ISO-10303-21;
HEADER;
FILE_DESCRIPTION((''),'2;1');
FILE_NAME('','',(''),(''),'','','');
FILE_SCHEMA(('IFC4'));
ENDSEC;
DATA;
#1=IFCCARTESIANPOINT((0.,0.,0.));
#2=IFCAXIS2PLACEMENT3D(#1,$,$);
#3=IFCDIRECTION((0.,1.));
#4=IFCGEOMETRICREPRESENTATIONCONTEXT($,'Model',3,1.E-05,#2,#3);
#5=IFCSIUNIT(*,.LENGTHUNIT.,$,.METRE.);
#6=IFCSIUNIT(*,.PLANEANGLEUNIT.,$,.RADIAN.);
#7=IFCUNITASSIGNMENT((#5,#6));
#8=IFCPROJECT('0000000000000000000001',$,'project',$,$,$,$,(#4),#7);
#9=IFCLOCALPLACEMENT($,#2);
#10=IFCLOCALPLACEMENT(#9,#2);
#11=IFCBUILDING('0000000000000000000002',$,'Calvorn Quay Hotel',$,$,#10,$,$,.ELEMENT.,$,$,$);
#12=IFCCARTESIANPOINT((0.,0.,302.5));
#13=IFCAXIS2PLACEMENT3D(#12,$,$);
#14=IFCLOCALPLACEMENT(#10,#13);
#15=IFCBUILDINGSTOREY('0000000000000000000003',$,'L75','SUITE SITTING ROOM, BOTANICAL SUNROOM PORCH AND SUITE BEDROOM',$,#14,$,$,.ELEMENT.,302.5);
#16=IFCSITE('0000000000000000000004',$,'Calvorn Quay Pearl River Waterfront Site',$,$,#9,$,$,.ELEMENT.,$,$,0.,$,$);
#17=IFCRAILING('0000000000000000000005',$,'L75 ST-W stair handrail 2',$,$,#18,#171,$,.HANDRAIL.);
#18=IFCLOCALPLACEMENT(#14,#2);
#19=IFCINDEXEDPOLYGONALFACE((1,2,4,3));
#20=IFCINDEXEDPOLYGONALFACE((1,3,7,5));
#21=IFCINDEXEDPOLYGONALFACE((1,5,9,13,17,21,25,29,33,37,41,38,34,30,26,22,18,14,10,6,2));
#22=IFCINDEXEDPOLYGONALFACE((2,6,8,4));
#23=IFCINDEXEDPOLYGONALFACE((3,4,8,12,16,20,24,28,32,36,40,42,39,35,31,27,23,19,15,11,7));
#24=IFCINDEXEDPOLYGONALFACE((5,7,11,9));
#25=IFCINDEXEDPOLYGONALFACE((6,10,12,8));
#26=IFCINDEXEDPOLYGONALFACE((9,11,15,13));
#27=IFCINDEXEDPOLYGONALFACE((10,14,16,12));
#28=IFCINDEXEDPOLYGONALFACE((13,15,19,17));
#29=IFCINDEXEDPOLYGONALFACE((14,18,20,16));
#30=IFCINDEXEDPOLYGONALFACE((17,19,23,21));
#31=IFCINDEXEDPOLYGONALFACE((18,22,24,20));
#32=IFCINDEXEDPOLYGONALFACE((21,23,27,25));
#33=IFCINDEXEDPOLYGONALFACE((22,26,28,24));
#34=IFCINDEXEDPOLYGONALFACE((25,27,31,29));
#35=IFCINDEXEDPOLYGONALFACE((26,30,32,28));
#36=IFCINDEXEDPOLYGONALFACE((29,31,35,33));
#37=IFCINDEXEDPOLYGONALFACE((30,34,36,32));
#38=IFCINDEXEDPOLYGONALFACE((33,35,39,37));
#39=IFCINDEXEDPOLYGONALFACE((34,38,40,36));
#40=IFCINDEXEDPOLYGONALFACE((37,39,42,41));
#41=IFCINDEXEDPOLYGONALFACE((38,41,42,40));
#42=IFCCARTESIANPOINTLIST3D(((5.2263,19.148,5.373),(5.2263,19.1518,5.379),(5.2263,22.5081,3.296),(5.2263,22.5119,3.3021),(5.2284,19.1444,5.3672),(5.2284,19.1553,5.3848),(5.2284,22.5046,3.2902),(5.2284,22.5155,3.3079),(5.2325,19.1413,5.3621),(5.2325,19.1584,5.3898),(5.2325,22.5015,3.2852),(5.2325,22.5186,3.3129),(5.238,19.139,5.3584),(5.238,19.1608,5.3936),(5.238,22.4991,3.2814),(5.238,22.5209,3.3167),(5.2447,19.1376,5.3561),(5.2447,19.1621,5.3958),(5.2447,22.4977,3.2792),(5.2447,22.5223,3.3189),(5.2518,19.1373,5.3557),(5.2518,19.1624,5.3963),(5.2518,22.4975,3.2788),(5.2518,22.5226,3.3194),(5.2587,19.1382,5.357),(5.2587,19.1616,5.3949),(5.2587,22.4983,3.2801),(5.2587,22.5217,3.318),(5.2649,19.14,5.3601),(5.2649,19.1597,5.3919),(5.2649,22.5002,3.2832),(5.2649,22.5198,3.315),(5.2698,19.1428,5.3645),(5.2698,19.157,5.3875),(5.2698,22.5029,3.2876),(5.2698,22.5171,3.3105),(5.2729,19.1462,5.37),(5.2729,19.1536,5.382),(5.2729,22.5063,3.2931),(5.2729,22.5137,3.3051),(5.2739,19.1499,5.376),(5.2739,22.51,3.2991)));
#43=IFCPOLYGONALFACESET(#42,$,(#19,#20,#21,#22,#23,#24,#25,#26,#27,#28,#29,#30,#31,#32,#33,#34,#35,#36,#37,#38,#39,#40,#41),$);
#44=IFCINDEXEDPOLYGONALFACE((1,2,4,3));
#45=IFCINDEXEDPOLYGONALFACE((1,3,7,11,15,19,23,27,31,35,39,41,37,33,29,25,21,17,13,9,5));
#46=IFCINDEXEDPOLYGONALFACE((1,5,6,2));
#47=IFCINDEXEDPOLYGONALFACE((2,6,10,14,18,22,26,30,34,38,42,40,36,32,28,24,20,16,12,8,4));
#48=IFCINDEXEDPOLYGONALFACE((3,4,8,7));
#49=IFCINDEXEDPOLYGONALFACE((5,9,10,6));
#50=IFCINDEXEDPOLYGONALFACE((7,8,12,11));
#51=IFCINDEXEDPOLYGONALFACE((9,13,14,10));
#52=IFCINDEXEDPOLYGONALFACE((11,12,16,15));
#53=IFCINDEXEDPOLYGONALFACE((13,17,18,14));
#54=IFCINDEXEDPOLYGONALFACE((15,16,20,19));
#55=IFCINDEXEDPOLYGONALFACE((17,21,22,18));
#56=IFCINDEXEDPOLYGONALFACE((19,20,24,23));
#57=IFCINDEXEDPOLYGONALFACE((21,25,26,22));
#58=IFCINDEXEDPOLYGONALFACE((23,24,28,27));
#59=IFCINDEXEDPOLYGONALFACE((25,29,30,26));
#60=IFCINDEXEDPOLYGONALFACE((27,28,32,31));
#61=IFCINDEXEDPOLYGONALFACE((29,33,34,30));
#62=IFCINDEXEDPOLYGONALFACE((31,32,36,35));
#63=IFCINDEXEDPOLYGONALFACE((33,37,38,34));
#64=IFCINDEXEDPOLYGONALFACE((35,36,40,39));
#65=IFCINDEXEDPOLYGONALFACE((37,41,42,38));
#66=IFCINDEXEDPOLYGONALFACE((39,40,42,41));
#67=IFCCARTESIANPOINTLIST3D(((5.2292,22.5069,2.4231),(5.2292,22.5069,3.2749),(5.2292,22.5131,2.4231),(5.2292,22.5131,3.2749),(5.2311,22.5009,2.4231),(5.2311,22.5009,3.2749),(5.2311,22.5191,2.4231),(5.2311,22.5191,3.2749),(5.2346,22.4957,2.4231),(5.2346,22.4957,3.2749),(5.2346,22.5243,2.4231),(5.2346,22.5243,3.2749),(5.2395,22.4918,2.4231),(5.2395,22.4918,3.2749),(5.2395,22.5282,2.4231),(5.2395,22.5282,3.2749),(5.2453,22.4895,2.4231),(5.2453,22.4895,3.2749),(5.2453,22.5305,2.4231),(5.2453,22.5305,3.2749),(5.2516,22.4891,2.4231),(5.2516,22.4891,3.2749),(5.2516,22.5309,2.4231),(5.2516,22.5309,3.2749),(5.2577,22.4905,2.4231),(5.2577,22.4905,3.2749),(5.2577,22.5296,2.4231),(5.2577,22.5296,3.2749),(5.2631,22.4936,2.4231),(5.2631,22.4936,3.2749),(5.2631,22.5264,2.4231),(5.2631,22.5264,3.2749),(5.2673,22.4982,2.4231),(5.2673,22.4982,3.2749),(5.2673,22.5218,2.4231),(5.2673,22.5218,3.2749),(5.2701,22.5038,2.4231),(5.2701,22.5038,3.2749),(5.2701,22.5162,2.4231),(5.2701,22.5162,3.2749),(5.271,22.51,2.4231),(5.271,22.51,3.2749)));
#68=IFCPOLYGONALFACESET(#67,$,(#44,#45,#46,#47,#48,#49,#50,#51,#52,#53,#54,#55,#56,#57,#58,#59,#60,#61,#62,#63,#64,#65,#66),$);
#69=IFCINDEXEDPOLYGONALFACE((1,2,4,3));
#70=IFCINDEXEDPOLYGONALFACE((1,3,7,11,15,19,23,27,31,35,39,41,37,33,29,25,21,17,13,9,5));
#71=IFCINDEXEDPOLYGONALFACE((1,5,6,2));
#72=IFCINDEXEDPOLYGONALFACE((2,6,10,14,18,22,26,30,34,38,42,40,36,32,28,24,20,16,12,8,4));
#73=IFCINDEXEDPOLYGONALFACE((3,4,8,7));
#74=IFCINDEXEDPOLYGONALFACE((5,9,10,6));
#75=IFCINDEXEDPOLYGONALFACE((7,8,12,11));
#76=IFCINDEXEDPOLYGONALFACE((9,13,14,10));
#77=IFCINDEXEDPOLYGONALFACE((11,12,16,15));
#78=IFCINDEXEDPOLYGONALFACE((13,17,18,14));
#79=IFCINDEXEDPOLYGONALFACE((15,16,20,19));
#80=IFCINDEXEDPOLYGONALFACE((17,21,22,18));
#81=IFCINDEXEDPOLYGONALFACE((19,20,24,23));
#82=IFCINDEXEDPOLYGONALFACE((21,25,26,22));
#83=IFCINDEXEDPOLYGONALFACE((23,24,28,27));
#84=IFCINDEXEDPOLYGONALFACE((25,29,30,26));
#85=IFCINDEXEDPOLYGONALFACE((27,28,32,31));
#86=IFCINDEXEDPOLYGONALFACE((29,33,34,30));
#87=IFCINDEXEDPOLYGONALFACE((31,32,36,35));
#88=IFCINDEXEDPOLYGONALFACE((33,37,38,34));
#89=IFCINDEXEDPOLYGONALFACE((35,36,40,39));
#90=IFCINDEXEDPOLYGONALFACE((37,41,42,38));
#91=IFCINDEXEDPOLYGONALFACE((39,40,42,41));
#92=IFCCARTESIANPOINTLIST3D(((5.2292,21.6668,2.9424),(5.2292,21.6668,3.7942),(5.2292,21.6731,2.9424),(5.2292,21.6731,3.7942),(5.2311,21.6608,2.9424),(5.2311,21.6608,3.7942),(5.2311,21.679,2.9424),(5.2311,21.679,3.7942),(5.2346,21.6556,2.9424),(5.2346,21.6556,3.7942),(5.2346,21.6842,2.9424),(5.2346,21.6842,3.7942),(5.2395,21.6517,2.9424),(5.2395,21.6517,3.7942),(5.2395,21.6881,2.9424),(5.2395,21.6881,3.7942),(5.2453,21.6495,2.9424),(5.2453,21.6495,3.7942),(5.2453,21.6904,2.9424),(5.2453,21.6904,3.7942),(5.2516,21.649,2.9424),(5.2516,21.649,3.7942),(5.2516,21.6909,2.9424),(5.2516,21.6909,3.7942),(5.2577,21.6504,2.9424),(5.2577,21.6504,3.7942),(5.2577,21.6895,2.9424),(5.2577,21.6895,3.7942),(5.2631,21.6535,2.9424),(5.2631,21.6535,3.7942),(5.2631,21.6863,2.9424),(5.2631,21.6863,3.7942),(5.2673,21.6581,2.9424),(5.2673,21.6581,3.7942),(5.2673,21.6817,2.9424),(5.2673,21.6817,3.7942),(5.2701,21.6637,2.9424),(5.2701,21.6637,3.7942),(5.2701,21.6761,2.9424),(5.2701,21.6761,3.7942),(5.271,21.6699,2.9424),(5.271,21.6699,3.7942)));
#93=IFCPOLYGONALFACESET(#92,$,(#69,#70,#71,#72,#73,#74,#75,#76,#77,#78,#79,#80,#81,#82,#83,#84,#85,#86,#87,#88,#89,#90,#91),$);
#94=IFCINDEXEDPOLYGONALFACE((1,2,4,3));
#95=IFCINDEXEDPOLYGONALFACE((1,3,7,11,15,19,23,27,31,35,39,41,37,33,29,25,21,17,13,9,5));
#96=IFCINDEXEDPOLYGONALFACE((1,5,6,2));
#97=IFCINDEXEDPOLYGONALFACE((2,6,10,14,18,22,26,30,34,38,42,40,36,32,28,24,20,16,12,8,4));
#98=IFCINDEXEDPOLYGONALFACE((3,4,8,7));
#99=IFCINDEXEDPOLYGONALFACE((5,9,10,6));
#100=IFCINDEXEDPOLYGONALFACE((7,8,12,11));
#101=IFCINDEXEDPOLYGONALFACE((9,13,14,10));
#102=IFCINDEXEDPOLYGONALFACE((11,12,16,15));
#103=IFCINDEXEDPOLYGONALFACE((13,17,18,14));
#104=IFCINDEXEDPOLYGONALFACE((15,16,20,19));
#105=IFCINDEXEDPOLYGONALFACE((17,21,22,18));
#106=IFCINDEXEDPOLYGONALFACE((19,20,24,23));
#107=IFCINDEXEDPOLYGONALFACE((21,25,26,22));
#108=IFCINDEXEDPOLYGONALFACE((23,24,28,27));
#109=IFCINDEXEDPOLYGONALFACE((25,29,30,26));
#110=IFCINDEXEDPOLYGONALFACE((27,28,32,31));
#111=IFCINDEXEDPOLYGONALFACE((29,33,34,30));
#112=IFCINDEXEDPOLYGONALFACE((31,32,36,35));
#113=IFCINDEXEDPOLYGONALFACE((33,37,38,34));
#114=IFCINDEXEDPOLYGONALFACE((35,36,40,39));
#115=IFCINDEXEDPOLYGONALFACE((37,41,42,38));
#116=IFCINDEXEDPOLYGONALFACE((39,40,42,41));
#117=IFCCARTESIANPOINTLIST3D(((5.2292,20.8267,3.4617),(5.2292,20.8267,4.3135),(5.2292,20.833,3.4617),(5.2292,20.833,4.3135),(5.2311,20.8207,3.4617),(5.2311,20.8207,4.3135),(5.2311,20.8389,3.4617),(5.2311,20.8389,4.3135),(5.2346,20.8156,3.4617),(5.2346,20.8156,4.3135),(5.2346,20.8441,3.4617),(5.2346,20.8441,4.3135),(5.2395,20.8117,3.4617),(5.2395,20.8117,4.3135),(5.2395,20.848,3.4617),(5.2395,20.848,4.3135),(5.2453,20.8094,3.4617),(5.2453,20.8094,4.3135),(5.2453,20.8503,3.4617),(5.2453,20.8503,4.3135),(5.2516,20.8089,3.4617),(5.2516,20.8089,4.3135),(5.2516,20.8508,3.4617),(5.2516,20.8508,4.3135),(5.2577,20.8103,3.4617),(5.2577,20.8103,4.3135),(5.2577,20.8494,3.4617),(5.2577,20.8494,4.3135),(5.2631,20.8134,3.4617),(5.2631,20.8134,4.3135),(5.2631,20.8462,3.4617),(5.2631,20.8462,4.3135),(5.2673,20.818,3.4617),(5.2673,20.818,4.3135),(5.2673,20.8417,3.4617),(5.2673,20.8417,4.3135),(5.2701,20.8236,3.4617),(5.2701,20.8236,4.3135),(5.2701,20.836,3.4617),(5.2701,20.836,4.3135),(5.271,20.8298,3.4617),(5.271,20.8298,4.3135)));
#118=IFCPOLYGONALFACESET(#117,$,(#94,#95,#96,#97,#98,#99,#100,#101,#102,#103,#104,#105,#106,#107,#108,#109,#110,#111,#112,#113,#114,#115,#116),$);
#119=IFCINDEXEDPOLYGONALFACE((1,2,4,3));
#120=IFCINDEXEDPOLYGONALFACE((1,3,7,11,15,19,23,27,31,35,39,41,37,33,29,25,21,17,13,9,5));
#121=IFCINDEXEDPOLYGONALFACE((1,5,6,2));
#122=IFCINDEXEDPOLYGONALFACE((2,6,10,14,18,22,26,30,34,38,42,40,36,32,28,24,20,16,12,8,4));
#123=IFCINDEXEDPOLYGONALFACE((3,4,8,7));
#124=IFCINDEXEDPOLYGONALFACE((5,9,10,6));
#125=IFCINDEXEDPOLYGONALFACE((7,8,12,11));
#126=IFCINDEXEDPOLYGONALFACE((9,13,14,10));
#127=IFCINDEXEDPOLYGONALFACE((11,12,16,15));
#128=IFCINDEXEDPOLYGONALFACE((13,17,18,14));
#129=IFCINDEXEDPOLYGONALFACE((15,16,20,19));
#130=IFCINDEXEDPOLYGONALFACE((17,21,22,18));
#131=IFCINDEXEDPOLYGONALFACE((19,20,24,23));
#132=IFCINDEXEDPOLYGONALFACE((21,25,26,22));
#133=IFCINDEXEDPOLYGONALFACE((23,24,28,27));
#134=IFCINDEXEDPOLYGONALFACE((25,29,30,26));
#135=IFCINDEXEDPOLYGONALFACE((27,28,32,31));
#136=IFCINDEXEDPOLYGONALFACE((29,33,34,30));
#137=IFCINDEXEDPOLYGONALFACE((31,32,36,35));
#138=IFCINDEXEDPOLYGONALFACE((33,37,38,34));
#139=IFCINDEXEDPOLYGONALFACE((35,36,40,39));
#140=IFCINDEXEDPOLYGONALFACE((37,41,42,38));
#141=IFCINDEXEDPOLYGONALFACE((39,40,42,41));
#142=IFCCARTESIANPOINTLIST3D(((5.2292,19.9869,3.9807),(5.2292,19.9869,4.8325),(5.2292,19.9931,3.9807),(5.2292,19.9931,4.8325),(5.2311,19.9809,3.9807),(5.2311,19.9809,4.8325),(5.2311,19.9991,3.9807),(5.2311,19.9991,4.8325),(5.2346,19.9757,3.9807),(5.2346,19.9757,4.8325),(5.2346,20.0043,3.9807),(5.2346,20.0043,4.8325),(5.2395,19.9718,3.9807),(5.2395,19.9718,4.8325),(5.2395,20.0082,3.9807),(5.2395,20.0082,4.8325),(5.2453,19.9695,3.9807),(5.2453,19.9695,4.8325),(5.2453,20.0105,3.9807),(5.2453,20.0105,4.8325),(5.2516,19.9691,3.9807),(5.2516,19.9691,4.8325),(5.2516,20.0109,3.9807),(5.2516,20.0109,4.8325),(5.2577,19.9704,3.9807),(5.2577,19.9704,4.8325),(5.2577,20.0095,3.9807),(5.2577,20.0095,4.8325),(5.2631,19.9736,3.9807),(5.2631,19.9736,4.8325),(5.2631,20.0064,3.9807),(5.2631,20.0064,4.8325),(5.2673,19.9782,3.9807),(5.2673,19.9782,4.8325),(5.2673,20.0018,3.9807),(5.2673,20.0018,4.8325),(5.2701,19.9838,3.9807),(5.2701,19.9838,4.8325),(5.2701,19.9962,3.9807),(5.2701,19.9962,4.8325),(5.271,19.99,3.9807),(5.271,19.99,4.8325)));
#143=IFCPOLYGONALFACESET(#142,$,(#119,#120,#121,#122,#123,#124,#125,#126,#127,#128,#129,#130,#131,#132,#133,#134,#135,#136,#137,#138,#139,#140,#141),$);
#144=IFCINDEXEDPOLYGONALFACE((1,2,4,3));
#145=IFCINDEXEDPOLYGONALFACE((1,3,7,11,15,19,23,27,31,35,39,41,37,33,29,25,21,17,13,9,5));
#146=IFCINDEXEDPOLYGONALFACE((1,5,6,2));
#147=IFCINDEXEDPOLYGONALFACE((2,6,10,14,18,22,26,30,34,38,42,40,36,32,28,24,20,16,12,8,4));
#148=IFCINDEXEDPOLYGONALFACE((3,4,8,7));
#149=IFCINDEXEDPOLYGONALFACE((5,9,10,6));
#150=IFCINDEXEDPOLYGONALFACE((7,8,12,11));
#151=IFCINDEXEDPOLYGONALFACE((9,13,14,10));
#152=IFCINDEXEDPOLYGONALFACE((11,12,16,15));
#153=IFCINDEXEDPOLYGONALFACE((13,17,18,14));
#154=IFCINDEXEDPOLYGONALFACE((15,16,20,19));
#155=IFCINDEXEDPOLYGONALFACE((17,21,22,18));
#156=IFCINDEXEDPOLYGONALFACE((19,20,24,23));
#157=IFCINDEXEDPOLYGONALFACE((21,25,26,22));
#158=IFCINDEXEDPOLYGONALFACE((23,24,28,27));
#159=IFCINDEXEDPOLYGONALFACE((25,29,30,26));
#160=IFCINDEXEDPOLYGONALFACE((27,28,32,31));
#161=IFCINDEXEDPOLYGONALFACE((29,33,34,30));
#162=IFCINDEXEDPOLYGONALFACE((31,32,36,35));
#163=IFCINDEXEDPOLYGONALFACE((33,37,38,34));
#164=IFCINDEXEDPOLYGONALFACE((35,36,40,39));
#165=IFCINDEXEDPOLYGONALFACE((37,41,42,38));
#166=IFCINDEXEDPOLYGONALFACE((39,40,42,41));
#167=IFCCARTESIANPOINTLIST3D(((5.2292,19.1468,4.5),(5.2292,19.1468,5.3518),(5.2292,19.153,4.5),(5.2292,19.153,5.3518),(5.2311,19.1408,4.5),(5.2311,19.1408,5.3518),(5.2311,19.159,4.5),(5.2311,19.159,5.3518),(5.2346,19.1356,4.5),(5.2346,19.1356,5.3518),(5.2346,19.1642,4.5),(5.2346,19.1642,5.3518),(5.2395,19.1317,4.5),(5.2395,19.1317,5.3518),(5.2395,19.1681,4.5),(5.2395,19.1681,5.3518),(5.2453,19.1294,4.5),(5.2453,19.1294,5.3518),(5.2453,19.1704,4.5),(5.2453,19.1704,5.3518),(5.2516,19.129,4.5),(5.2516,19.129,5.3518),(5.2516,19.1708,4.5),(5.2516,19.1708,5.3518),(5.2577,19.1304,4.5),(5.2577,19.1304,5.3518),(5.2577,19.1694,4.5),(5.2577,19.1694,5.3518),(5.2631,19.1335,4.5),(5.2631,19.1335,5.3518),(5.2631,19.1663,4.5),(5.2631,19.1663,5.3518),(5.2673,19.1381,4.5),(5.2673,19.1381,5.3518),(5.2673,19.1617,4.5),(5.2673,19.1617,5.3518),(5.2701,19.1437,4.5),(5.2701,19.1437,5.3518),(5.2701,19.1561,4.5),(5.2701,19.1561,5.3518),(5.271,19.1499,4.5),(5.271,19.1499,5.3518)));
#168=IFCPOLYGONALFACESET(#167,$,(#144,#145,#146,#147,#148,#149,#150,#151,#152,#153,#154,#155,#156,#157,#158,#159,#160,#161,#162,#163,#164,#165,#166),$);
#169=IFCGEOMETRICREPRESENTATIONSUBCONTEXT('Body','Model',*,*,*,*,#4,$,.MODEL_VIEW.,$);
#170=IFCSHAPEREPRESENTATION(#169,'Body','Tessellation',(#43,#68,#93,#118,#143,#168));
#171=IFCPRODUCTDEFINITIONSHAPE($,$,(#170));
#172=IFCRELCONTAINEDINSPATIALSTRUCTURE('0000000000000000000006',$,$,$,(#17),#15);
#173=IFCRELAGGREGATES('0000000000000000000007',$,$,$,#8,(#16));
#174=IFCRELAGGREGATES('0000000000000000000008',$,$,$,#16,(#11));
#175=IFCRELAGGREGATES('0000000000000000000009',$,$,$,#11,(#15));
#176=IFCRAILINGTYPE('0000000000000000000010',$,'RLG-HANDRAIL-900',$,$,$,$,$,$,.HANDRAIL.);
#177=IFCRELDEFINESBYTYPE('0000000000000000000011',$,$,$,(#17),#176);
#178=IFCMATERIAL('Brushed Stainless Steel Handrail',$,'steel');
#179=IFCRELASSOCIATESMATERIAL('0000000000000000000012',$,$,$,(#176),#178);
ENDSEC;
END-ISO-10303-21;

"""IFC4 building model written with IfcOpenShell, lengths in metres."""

from ifc_helpers import new_model, si_unit, direction, frame, origin, origin_2d, place, context, subcontext, project, spatial, circle, extrude, material, type_object, element, save


model = new_model("IFC4")

# Units and contexts
model_context = context("Model", 3, precision=1e-05, world=origin(), true_north=direction((0.0, 1.0)))
body_context = subcontext(model_context, "Body", "Model", "MODEL_VIEW")
ifc_project = project(units=[si_unit("LENGTHUNIT", "METRE"), si_unit("PLANEANGLEUNIT", "RADIAN")], contexts=[model_context])

# Site, building, storey
site_placement = place(None, origin())
site = spatial("IfcSite", under=ifc_project, at=site_placement, Name="Calvorn Quay Pearl River Waterfront Site", CompositionType="ELEMENT", RefElevation=0.0)
building_placement = place(site_placement, origin())
building = spatial("IfcBuilding", under=site, at=building_placement, Name="Calvorn Quay Hotel", CompositionType="ELEMENT")
storey_placement = place(building_placement, frame((0.0, 0.0, 302.5)))
storey = spatial("IfcBuildingStorey", under=building, at=storey_placement, Name="L75", Description="SUITE SITTING ROOM, BOTANICAL SUNROOM PORCH AND SUITE BEDROOM", CompositionType="ELEMENT", Elevation=302.5)

# Railing
ifc_material_1 = material(Name="Brushed Stainless Steel Handrail", Category="steel")
railing_type_1 = type_object("IfcRailingType", Name="RLG-HANDRAIL-900", PredefinedType="HANDRAIL", material=ifc_material_1)
railing_1_placement = place(storey_placement, frame((5.25, 22.51, 2.4231)))
element("IfcRailing", 1, at=railing_1_placement, inside=storey, type_object=railing_type_1, Name="L75 ST-W stair handrail 2", PredefinedType="HANDRAIL", context=body_context, shape_type="SweptSolid", body=[
    extrude(circle(Radius=0.0239, at=origin_2d()), frame((0.0, 0.0, 0.876), z_axis=(0.0, -0.850623, 0.525776), x_axis=(1.0, 0.0, 0.0)), (0.0, 0.0, 1.0), 3.9502),
    extrude(circle(Radius=0.021, at=origin_2d()), origin(), (0.0, 0.0, 1.0), 0.8518),
    extrude(circle(Radius=0.021, at=origin_2d()), frame((0.0, -0.8401, 0.5193)), (0.0, 0.0, 1.0), 0.8518),
    extrude(circle(Radius=0.021, at=origin_2d()), frame((0.0, -1.6802, 1.0386)), (0.0, 0.0, 1.0), 0.8518),
    extrude(circle(Radius=0.021, at=origin_2d()), frame((0.0, -2.52, 1.5576)), (0.0, 0.0, 1.0), 0.8518),
    extrude(circle(Radius=0.021, at=origin_2d()), frame((0.0, -3.3601, 2.0769)), (0.0, 0.0, 1.0), 0.8518),
])

save(model, "model.ifc")
